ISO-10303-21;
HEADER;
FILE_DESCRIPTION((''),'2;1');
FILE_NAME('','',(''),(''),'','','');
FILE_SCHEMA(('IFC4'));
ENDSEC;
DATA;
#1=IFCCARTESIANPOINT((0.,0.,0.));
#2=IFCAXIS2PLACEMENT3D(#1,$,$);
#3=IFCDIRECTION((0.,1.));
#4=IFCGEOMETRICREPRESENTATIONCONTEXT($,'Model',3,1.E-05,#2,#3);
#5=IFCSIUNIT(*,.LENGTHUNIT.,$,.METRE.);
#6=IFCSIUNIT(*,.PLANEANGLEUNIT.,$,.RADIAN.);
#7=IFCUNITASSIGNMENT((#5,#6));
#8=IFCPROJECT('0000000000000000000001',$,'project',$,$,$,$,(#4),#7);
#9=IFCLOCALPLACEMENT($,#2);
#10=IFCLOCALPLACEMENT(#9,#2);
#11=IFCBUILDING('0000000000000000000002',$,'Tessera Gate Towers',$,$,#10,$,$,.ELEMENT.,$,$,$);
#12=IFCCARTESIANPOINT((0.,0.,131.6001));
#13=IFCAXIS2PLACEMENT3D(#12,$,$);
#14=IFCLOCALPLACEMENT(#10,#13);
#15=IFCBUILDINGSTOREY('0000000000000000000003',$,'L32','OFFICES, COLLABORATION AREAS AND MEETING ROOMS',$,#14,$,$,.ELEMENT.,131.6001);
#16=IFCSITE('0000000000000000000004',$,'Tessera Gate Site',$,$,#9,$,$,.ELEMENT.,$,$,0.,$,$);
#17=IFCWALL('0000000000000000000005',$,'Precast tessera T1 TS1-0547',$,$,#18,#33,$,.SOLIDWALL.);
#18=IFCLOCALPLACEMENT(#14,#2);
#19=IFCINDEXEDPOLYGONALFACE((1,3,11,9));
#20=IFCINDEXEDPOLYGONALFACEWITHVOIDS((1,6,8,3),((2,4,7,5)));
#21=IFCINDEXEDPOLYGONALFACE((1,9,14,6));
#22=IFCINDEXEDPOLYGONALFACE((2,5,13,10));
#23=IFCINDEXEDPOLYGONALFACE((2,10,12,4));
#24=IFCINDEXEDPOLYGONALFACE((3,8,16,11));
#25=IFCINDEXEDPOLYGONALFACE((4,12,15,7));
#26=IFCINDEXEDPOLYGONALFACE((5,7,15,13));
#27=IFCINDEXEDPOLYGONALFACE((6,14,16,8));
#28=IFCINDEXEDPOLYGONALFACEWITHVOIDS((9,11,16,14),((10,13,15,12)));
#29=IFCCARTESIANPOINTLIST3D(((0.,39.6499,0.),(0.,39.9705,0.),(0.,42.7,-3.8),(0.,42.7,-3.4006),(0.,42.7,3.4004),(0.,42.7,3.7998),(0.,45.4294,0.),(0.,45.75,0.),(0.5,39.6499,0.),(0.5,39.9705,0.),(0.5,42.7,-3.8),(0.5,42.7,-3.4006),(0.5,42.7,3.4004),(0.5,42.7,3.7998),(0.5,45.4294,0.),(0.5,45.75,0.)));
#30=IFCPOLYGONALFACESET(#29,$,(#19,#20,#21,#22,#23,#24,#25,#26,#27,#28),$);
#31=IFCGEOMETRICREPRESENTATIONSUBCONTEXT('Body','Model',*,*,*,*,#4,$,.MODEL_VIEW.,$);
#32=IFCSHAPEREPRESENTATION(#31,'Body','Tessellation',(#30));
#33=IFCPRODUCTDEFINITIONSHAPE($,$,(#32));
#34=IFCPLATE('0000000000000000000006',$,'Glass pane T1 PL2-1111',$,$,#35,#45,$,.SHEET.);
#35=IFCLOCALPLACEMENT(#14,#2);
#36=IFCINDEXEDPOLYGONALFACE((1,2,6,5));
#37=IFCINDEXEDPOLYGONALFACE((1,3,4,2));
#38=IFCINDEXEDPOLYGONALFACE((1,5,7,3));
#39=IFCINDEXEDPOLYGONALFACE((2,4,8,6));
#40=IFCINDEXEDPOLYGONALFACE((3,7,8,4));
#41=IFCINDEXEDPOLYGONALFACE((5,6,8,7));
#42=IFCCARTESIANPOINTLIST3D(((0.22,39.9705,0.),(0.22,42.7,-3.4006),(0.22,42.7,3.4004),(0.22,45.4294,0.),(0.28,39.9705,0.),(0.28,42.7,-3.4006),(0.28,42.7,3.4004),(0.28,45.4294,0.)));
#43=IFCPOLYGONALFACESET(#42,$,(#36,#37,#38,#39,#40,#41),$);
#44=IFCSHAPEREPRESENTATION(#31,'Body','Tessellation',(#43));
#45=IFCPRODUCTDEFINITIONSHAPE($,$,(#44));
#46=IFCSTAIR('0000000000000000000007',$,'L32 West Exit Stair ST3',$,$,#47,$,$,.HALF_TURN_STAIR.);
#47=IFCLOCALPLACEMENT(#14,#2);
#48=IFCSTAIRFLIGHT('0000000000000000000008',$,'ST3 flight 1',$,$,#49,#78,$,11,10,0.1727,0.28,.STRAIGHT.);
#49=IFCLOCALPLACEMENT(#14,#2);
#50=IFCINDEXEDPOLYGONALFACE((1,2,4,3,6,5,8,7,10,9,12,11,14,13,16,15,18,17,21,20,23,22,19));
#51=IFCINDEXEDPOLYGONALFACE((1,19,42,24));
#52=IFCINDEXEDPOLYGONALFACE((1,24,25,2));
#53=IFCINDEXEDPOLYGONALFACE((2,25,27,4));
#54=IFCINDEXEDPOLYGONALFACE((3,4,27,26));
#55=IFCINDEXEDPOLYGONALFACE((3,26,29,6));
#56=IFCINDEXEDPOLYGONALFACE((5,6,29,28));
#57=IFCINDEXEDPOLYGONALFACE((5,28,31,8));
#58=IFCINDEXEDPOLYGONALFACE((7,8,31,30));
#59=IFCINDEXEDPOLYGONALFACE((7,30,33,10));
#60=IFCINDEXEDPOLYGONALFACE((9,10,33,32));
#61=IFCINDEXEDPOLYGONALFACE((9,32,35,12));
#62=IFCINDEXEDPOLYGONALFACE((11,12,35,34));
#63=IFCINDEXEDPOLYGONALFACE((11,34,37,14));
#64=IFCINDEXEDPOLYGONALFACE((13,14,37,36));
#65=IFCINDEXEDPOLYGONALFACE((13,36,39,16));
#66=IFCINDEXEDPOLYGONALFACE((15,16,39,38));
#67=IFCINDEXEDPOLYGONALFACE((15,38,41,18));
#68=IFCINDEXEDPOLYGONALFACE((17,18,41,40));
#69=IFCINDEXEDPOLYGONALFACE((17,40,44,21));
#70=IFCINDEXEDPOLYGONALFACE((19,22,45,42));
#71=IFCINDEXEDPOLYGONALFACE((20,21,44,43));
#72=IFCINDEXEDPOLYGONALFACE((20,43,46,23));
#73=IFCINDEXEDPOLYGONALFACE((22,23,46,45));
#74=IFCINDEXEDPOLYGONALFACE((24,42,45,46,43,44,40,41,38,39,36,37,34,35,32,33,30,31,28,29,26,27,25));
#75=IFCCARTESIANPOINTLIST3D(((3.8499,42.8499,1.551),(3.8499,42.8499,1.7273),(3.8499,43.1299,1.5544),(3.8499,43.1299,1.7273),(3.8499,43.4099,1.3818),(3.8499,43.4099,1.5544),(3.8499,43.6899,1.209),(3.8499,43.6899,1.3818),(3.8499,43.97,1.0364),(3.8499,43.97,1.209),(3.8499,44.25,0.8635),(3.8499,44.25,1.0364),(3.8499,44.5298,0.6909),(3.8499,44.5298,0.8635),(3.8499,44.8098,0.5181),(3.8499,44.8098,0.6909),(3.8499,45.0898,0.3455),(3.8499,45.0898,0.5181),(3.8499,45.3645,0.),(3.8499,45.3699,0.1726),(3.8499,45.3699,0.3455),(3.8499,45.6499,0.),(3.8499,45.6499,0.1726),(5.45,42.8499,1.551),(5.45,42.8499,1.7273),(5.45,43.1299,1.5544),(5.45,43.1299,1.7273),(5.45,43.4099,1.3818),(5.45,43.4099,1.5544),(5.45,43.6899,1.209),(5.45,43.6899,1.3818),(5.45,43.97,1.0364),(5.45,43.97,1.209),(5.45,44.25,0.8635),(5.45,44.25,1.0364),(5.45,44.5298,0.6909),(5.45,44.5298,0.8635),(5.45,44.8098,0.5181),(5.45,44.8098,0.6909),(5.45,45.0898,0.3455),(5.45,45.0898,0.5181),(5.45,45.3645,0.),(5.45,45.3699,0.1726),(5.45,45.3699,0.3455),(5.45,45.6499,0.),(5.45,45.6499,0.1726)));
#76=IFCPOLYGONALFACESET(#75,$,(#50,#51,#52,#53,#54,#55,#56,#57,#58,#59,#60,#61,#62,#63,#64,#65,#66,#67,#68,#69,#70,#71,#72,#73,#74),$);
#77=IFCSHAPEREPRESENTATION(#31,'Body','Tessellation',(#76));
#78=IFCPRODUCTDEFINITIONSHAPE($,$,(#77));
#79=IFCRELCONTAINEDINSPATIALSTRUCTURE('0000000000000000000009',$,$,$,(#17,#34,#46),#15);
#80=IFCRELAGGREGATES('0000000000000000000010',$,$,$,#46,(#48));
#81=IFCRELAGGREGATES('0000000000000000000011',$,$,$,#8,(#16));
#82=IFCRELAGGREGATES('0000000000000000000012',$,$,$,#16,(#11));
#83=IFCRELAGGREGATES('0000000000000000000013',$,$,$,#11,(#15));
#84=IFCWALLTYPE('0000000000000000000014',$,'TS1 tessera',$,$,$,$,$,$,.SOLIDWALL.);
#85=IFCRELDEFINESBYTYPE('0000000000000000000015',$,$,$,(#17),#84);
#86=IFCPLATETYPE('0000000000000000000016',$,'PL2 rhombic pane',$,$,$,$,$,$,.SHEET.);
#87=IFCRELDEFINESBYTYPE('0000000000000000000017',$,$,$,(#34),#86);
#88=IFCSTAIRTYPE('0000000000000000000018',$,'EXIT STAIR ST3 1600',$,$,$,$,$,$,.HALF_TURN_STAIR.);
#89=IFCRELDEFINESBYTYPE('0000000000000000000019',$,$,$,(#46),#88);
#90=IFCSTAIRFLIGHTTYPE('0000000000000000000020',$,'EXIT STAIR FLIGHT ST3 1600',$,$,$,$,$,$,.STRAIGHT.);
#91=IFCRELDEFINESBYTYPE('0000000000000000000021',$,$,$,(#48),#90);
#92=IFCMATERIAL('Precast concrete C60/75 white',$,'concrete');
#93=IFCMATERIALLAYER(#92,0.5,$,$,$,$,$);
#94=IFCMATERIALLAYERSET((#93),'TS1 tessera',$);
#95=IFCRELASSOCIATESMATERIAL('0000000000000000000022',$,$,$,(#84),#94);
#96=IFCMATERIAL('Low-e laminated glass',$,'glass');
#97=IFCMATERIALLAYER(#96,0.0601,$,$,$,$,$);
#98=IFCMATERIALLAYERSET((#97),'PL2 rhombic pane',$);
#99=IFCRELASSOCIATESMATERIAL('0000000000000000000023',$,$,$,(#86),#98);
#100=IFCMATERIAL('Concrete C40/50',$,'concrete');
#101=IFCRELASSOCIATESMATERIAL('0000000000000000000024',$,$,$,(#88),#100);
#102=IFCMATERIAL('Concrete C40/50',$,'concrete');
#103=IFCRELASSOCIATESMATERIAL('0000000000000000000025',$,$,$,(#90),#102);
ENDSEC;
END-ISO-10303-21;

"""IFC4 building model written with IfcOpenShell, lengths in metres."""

from ifc_helpers import new_model, si_unit, direction, frame, origin, place, context, subcontext, project, spatial, polyline, outline, extrude, source, transform, mapped, material, layer, layer_set, type_object, element, fill, aggregate, save


model = new_model("IFC4")

# Units and contexts
model_context = context("Model", 3, precision=1e-05, world=origin(), true_north=direction((0.0, 1.0)))
body_context = subcontext(model_context, "Body", "Model", "MODEL_VIEW")
ifc_project = project(units=[si_unit("LENGTHUNIT", "METRE"), si_unit("PLANEANGLEUNIT", "RADIAN")], contexts=[model_context])

# Site, building, storey
site_placement = place(None, origin())
site = spatial("IfcSite", under=ifc_project, at=site_placement, Name="Tessera Gate Site", CompositionType="ELEMENT", RefElevation=0.0)
building_placement = place(site_placement, origin())
building = spatial("IfcBuilding", under=site, at=building_placement, Name="Tessera Gate Towers", CompositionType="ELEMENT")
storey_placement = place(building_placement, frame((0.0, 0.0, 131.6001)))
storey = spatial("IfcBuildingStorey", under=building, at=storey_placement, Name="L32", Description="OFFICES, COLLABORATION AREAS AND MEETING ROOMS", CompositionType="ELEMENT", Elevation=131.6001)

# Wall, opening, plate
ifc_material_1 = material(Name="Precast concrete C60/75 white", Category="concrete")
ifc_layer_1 = layer(ifc_material_1, 0.5)
ifc_layer_set_1 = layer_set([ifc_layer_1], Name="TS1 tessera")
wall_type_1 = type_object("IfcWallType", Name="TS1 tessera", PredefinedType="SOLIDWALL", material=ifc_layer_set_1)
shared_shape_1 = source(origin(), body_context, "Body", "SweptSolid", [
    extrude(outline(polyline([(3.05, 0.0), (6.1001, 3.8), (3.05, 7.5999), (0.0, 3.8), (3.05, 0.0)])), frame((0.0, 0.25, 0.0), z_axis=(0.0, -1.0, 0.0), x_axis=(1.0, 0.0, 0.0)), (0.0, 0.0, 1.0), 0.5),
])
wall_1_placement = place(storey_placement, frame((0.25, 45.75, -3.8), z_axis=(0.0, 0.0, 1.0), x_axis=(0.0, -1.0, 0.0)))
wall_1 = element("IfcWall", 1, at=wall_1_placement, inside=storey, type_object=wall_type_1, Name="Precast tessera T1 TS1-0547", PredefinedType="SOLIDWALL", context=body_context, shape_type="MappedRepresentation", body=[
    mapped(shared_shape_1, transform((0.0, 0.0, 0.0), scale=1.0)),
])
shared_shape_2 = source(origin(), body_context, "Body", "SweptSolid", [
    extrude(outline(polyline([(3.05, 0.3994), (5.7795, 3.8), (3.05, 7.2004), (0.3206, 3.8), (3.05, 0.3994)])), frame((0.0, 0.26, 0.0), z_axis=(0.0, -1.0, 0.0), x_axis=(1.0, 0.0, 0.0)), (0.0, 0.0, 1.0), 0.52),
])
opening_1_placement = place(wall_1_placement, origin())
opening_1 = element("IfcOpeningElement", 2, at=opening_1_placement, cuts=wall_1, PredefinedType="OPENING", context=body_context, shape_type="MappedRepresentation", body=[
    mapped(shared_shape_2, transform((0.0, 0.0, 0.0), scale=1.0)),
])
ifc_material_2 = material(Name="Low-e laminated glass", Category="glass")
ifc_layer_2 = layer(ifc_material_2, 0.0601)
ifc_layer_set_2 = layer_set([ifc_layer_2], Name="PL2 rhombic pane")
plate_type = type_object("IfcPlateType", Name="PL2 rhombic pane", PredefinedType="SHEET", material=ifc_layer_set_2)
shared_shape_3 = source(origin(), body_context, "Body", "SweptSolid", [
    extrude(outline(polyline([(3.05, 0.3994), (5.7795, 3.8), (3.05, 7.2004), (0.3206, 3.8), (3.05, 0.3994)])), frame((0.0, 0.03, 0.0), z_axis=(0.0, -1.0, 0.0), x_axis=(1.0, 0.0, 0.0)), (0.0, 0.0, 1.0), 0.0601),
])
plate_placement = place(opening_1_placement, origin())
plate = element("IfcPlate", 3, at=plate_placement, inside=storey, type_object=plate_type, Name="Glass pane T1 PL2-1111", PredefinedType="SHEET", context=body_context, shape_type="MappedRepresentation", body=[
    mapped(shared_shape_3, transform((0.0, 0.0, 0.0), scale=1.0)),
])
fill(opening_1, plate)

# Stair, stair flight
ifc_material_3 = material(Name="Concrete C40/50", Category="concrete")
stair_type = type_object("IfcStairType", Name="EXIT STAIR ST3 1600", PredefinedType="HALF_TURN_STAIR", material=ifc_material_3)
stair_placement = place(storey_placement, origin())
stair = element("IfcStair", 4, at=stair_placement, inside=storey, type_object=stair_type, Name="L32 West Exit Stair ST3", PredefinedType="HALF_TURN_STAIR")
ifc_material_4 = material(Name="Concrete C40/50", Category="concrete")
stair_flight_type = type_object("IfcStairFlightType", Name="EXIT STAIR FLIGHT ST3 1600", PredefinedType="STRAIGHT", material=ifc_material_4)
stair_flight_placement = place(storey_placement, frame((4.6499, 45.6499, 0.0), z_axis=(0.0, 0.0, 1.0), x_axis=(0.0, -1.0, 0.0)))
stair_flight = element("IfcStairFlight", 5, at=stair_flight_placement, type_object=stair_flight_type, Name="ST3 flight 1", NumberOfRisers=11, NumberOfTreads=10, PredefinedType="STRAIGHT", RiserHeight=0.1727, TreadLength=0.28, context=body_context, shape_type="SweptSolid", body=[
    extrude(outline(polyline([(0.0, 0.0), (0.0, 0.1726), (0.28, 0.1726), (0.28, 0.3455), (0.5601, 0.3455), (0.5601, 0.5181), (0.8401, 0.5181), (0.8401, 0.6909), (1.1201, 0.6909), (1.1201, 0.8635), (1.3999, 0.8635), (1.3999, 1.0364), (1.6799, 1.0364), (1.6799, 1.209), (1.96, 1.209), (1.96, 1.3818), (2.24, 1.3818), (2.24, 1.5544), (2.52, 1.5544), (2.52, 1.7273), (2.8, 1.7273), (2.8, 1.8999), (2.8, 1.551), (0.2854, 0.0), (0.0, 0.0)])), frame((0.0, 0.8, 0.0), z_axis=(0.0, -1.0, 0.0), x_axis=(1.0, 0.0, 0.0)), (0.0, 0.0, 1.0), 1.6001),
])
aggregate(stair, [stair_flight])

save(model, "model.ifc")
